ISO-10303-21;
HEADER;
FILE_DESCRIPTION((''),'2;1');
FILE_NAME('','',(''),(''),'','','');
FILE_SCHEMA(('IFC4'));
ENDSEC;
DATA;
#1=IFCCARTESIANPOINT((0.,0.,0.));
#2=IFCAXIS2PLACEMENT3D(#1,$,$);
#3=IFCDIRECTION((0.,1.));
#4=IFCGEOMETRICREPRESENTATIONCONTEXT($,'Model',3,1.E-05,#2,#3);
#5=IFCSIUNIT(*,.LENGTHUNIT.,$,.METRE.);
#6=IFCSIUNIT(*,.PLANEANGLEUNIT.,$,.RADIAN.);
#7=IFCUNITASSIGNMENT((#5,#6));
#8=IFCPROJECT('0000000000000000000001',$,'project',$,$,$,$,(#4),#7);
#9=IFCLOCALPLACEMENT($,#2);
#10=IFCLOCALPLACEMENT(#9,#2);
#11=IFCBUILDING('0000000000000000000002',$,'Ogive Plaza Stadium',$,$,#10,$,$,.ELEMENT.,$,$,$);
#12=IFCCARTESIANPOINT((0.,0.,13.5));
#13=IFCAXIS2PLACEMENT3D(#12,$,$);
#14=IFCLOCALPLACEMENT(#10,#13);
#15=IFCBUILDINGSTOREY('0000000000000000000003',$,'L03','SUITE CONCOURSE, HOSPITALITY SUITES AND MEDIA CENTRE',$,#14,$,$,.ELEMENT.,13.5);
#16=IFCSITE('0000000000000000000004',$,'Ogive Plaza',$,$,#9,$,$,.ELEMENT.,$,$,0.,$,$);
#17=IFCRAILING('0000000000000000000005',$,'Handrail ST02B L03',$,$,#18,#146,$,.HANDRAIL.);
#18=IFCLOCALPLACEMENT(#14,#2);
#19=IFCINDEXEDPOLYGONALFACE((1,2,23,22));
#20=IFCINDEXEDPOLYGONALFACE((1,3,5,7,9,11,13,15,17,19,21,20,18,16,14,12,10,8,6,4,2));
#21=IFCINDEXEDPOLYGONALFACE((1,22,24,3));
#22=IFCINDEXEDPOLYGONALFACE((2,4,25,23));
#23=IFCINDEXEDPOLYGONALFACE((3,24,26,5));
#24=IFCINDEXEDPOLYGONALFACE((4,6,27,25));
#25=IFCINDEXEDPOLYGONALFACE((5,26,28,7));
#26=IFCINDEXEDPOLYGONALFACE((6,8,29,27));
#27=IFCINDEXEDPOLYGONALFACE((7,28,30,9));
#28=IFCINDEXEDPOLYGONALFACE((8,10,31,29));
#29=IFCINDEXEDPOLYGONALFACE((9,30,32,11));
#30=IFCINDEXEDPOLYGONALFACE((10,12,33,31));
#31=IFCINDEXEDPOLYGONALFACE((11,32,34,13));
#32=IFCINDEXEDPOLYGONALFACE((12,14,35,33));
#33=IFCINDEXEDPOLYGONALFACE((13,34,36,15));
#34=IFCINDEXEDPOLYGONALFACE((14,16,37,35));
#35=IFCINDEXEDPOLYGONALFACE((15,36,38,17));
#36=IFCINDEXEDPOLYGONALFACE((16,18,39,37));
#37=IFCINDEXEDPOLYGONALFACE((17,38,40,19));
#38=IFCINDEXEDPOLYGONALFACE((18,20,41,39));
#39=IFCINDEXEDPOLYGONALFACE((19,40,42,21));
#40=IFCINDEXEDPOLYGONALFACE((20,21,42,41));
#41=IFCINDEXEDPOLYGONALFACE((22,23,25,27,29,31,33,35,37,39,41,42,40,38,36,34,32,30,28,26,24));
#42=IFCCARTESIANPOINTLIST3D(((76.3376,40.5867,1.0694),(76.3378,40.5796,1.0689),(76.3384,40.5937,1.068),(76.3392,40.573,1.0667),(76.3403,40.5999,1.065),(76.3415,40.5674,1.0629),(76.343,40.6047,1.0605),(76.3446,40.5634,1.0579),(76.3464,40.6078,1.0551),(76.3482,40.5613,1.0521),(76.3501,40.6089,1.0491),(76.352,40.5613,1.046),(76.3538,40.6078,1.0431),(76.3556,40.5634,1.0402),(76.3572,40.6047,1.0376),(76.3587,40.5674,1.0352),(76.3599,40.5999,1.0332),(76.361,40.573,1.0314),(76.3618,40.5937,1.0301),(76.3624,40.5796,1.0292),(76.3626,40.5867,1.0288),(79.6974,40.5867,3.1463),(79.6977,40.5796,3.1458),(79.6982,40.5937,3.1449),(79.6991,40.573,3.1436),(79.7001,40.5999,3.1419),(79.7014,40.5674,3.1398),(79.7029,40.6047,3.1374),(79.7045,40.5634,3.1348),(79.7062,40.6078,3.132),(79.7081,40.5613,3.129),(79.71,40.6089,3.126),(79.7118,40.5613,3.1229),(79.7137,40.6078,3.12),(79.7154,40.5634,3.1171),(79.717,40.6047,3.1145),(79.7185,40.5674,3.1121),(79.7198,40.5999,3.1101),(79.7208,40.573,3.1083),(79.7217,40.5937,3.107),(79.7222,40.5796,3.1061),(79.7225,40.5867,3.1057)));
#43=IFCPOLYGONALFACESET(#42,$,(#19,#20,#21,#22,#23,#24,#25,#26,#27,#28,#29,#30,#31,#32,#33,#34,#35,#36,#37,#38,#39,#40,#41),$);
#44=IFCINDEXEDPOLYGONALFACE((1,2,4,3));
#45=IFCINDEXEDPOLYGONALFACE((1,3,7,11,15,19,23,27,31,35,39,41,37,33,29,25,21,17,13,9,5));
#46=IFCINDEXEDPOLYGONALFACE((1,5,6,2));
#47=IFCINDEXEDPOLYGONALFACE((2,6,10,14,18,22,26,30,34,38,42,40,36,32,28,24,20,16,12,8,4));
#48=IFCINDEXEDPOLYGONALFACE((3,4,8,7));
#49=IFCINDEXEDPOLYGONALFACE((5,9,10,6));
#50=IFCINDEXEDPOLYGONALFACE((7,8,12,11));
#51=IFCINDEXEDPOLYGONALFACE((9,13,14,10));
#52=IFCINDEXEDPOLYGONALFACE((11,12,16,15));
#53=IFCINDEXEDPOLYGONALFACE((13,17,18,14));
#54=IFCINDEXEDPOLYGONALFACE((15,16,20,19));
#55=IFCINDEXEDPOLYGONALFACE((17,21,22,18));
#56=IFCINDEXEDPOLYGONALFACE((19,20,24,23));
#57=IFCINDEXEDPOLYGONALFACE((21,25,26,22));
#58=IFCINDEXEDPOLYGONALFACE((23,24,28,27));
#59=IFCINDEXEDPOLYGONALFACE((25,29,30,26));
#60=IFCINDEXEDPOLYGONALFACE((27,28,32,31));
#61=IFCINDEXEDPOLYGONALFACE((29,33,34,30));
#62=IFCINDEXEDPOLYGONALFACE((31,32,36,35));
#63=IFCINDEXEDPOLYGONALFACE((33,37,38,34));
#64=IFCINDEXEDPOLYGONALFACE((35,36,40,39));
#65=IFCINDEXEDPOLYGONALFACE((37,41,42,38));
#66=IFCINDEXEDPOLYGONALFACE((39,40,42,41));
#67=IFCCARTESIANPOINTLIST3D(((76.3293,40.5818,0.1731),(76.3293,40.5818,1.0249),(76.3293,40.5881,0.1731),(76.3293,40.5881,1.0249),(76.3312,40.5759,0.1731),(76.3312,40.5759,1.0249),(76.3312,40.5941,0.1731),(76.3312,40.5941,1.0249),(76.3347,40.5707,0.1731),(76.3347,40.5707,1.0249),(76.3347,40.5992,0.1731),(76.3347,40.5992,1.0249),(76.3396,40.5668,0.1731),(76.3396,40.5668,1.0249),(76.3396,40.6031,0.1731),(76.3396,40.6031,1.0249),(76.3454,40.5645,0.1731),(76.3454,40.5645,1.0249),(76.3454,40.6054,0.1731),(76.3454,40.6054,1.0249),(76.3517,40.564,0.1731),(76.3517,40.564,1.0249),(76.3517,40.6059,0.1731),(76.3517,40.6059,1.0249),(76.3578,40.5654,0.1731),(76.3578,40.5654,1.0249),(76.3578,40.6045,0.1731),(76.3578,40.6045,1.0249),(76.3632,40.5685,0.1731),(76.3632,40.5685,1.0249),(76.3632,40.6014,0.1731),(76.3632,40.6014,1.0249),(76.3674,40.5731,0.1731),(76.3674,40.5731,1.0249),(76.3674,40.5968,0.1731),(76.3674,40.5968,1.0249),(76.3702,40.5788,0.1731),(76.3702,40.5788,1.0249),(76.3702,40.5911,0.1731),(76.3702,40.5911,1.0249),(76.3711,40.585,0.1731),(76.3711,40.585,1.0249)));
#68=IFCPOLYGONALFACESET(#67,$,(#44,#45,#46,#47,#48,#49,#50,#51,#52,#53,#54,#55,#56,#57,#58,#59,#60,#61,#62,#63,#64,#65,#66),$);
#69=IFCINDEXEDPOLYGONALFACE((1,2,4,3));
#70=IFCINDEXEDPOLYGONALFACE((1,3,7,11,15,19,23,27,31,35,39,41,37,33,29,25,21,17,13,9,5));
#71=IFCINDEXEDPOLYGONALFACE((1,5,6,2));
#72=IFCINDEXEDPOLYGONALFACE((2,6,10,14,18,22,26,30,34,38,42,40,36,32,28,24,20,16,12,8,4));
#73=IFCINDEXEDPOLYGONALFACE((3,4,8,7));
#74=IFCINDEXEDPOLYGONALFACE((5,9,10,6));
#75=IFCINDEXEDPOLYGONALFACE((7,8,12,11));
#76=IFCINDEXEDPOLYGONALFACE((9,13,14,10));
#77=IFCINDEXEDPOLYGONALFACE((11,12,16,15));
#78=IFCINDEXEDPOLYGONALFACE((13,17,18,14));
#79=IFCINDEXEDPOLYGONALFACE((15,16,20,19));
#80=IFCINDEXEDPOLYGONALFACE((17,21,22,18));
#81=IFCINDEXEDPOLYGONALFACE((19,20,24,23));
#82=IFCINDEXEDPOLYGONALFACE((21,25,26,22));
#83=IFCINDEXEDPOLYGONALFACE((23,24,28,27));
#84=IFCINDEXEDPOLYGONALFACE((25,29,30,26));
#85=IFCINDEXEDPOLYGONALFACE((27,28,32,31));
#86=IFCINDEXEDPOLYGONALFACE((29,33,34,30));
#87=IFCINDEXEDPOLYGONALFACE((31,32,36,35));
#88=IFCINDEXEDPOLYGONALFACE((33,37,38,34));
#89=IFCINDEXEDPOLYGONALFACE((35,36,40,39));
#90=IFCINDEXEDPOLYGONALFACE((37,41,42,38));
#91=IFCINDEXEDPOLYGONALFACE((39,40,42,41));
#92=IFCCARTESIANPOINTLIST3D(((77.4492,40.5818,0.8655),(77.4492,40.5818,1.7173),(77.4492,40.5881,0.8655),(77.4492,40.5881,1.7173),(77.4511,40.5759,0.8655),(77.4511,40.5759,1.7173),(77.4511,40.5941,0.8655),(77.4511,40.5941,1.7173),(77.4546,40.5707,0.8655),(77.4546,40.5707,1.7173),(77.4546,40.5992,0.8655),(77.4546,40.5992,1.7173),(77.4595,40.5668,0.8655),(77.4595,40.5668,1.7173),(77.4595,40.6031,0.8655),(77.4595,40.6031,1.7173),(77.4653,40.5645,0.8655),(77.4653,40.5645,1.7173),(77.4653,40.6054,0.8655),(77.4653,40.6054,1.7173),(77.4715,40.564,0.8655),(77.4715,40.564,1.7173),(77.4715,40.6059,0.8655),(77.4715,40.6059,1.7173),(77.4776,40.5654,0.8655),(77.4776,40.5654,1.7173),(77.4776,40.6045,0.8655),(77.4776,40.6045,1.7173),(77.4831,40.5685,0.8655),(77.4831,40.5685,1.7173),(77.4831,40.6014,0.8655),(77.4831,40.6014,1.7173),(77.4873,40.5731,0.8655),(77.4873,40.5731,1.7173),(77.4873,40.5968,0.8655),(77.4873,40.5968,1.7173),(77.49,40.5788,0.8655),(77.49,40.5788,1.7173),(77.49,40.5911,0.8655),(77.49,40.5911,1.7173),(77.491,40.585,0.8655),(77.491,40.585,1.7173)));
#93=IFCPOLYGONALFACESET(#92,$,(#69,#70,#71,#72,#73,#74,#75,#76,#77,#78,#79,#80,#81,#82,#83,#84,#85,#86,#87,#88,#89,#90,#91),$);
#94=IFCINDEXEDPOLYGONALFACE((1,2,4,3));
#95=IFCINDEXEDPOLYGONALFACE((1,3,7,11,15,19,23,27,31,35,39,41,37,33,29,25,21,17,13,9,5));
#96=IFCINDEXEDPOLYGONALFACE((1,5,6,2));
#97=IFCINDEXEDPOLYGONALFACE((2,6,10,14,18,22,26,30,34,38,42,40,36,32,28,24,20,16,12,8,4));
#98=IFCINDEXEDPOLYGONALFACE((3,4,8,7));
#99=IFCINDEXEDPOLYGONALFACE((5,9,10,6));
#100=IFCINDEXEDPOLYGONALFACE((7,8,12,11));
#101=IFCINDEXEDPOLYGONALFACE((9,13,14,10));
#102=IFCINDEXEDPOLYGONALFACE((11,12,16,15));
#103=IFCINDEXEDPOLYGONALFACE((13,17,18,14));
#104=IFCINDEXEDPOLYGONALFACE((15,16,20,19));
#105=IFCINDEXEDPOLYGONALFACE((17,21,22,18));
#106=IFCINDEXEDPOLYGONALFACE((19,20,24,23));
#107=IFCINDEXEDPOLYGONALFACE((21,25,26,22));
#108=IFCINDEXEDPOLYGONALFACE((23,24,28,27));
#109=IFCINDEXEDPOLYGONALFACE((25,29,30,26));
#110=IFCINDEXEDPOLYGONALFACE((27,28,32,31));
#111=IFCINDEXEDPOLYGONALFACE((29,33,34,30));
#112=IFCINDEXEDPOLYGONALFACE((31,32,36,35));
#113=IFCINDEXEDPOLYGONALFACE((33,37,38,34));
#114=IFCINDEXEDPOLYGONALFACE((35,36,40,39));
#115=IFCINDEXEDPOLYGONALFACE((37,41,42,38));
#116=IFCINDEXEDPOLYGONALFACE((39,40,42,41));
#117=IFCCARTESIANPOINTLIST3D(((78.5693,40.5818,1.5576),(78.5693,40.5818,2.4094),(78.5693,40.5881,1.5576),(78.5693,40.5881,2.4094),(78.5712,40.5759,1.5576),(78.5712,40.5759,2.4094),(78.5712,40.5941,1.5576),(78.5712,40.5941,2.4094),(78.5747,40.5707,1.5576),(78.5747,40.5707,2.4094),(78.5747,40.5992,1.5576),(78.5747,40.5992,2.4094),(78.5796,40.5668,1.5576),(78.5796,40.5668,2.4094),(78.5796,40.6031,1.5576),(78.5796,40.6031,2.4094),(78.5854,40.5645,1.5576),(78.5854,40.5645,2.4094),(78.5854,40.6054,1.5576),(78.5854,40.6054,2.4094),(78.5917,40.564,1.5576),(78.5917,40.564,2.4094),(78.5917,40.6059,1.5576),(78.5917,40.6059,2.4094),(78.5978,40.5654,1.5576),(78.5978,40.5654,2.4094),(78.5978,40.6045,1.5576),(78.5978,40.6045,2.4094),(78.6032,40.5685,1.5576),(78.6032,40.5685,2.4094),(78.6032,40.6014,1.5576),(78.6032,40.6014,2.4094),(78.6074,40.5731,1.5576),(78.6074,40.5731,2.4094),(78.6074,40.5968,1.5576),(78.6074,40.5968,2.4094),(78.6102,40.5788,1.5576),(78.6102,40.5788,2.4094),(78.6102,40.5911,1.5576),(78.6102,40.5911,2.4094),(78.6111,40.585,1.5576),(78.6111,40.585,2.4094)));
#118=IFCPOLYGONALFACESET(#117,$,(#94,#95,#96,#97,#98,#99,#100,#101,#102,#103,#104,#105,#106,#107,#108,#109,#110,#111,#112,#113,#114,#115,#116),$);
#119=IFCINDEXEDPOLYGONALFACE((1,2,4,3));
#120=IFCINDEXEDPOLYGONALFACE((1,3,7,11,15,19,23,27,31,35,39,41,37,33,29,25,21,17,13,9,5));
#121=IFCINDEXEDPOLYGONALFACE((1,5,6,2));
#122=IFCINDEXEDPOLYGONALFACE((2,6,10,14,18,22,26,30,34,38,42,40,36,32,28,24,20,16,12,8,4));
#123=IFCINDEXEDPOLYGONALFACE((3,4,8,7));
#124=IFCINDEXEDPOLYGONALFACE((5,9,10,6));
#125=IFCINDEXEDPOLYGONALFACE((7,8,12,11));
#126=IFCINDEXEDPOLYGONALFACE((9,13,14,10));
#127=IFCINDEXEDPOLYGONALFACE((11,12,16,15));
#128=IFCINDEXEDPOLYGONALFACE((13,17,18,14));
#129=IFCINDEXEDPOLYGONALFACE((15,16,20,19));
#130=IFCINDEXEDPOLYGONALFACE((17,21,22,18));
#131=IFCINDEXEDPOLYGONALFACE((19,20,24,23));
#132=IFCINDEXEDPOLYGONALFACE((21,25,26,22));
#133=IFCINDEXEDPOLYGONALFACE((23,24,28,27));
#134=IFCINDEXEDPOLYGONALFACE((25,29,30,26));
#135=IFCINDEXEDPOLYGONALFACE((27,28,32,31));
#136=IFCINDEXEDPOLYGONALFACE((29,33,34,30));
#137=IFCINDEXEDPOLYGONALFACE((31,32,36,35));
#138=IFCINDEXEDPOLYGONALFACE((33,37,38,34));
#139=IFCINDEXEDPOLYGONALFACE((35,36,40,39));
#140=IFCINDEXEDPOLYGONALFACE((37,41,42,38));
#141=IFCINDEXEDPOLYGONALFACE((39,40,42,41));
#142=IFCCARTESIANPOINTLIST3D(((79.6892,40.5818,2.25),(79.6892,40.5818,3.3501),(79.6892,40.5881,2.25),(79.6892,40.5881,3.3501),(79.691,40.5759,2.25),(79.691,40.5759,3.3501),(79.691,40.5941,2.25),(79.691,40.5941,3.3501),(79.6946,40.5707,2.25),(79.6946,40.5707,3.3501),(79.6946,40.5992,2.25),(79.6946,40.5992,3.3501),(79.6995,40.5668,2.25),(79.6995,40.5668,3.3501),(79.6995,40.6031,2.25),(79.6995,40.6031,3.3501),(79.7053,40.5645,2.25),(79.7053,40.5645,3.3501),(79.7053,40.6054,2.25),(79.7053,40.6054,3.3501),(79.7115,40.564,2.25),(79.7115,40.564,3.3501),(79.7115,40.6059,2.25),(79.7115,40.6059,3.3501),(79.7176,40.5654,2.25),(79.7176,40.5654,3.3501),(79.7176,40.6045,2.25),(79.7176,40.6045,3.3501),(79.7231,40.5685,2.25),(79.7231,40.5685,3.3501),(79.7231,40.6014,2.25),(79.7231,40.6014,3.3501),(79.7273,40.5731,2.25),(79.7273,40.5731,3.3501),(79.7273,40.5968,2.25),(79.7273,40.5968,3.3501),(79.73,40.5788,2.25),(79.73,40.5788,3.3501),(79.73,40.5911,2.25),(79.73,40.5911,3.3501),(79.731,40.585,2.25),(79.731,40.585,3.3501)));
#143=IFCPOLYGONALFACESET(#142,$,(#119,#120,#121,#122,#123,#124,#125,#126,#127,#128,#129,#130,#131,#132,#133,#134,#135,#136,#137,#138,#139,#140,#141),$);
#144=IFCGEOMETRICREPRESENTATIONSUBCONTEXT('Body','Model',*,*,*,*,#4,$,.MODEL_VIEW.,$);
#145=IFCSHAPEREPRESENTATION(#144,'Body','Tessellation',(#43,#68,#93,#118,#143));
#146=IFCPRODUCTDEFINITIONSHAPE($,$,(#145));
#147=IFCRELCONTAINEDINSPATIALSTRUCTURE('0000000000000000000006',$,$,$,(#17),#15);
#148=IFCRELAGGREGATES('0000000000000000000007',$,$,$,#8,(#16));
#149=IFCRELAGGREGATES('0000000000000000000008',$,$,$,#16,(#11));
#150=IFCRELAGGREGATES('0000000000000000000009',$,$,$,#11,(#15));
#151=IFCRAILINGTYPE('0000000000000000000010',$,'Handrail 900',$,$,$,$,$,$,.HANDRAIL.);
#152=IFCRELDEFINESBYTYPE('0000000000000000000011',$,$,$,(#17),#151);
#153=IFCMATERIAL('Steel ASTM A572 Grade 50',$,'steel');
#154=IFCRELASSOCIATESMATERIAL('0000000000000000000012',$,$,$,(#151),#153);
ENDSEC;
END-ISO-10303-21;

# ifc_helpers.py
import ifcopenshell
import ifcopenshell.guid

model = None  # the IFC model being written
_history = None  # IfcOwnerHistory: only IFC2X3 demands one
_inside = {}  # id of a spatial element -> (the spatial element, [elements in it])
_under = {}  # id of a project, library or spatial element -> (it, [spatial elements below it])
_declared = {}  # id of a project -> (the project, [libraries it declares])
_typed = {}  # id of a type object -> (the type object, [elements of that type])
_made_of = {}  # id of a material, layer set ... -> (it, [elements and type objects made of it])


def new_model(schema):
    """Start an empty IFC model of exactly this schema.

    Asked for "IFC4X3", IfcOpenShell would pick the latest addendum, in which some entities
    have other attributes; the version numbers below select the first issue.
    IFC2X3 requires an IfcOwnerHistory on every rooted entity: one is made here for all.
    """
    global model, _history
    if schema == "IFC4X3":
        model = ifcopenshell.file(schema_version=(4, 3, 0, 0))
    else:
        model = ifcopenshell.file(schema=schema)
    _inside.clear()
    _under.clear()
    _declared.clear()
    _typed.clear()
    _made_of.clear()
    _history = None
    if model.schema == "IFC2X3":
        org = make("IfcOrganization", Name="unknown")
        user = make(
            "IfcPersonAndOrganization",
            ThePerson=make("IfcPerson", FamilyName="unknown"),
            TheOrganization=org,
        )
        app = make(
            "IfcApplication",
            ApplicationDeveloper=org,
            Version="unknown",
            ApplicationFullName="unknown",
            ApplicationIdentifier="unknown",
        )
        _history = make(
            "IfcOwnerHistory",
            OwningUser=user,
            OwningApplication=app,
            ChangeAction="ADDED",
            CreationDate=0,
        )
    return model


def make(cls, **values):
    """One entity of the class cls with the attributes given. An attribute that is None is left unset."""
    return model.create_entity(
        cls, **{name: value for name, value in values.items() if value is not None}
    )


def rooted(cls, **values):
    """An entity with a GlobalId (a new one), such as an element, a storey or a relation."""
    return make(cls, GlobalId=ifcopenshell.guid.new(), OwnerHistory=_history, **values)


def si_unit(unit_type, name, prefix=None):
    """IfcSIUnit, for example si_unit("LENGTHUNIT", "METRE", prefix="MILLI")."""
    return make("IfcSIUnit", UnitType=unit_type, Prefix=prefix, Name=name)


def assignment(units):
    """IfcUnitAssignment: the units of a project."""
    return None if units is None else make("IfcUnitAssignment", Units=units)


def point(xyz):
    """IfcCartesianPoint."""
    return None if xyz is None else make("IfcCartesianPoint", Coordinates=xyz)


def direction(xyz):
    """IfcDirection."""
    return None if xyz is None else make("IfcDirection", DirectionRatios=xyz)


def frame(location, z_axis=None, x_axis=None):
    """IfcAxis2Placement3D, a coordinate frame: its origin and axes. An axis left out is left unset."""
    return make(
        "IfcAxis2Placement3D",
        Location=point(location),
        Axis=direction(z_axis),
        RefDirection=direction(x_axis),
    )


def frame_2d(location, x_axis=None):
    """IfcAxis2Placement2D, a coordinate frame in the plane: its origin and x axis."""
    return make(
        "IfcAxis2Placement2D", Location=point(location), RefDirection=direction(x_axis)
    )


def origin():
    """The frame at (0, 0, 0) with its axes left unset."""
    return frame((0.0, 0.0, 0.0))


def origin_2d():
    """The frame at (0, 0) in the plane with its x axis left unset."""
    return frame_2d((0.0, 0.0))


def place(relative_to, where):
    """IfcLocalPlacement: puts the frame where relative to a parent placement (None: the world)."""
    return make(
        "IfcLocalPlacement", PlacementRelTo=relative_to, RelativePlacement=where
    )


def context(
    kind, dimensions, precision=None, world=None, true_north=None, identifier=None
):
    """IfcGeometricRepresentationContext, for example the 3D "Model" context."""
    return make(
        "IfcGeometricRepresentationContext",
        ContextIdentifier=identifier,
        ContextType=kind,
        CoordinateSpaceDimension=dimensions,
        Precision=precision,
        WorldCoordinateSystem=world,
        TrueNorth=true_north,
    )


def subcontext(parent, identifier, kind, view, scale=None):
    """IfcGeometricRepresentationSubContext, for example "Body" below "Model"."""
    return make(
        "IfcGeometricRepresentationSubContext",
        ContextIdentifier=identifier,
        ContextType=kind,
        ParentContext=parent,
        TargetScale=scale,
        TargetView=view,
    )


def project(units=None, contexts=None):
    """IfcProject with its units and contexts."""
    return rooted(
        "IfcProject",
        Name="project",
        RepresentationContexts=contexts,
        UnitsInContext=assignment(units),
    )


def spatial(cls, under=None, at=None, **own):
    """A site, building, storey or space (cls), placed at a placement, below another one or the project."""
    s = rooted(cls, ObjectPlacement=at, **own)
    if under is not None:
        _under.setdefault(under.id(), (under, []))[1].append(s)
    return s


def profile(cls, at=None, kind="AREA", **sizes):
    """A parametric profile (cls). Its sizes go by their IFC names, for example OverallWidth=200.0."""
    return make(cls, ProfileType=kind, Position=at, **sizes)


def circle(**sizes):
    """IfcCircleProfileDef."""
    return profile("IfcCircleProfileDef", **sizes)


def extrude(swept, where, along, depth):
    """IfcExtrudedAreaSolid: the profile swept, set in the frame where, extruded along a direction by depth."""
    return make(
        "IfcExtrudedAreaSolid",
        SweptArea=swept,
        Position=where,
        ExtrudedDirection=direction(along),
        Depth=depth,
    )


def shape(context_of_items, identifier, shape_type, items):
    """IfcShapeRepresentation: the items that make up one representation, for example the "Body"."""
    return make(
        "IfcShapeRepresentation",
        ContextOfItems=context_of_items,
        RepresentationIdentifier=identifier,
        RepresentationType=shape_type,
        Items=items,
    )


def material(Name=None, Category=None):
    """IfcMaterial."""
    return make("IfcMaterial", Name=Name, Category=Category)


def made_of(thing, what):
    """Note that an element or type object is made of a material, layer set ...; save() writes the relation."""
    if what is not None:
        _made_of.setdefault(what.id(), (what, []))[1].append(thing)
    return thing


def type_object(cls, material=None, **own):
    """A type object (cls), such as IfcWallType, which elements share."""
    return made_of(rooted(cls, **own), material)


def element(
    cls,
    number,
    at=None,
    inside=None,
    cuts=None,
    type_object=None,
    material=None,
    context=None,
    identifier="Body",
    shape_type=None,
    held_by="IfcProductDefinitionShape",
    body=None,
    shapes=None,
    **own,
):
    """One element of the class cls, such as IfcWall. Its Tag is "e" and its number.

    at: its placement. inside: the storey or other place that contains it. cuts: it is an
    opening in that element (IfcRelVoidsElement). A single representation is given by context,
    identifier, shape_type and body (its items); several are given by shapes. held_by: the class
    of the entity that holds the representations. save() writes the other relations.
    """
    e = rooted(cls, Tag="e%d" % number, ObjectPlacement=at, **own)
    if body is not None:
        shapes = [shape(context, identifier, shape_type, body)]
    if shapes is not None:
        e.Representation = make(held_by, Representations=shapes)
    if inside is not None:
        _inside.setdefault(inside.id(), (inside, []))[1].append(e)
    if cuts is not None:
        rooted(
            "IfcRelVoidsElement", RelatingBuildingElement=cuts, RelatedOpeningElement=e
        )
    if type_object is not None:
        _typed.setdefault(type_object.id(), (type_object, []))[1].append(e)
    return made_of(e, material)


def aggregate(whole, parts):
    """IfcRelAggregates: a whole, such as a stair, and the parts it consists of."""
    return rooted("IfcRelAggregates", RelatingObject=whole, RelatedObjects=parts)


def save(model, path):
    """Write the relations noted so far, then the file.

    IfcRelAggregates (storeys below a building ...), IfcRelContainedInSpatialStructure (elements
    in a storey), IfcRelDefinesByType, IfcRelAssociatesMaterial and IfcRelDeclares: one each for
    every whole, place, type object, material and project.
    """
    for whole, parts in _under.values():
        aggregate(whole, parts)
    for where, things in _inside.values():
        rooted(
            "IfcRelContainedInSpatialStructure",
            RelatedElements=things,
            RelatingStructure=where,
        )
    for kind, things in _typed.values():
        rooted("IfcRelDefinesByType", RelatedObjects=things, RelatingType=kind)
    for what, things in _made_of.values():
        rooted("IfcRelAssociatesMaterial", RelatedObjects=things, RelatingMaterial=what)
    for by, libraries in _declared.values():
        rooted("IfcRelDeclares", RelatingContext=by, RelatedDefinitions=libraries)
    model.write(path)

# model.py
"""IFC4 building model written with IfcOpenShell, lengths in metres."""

from ifc_helpers import new_model, si_unit, direction, frame, origin, origin_2d, place, context, subcontext, project, spatial, circle, extrude, material, type_object, element, save


model = new_model("IFC4")

# Units and contexts
model_context = context("Model", 3, precision=1e-05, world=origin(), true_north=direction((0.0, 1.0)))
body_context = subcontext(model_context, "Body", "Model", "MODEL_VIEW")
ifc_project = project(units=[si_unit("LENGTHUNIT", "METRE"), si_unit("PLANEANGLEUNIT", "RADIAN")], contexts=[model_context])

# Site, building, storey
site_placement = place(None, origin())
site = spatial("IfcSite", under=ifc_project, at=site_placement, Name="Ogive Plaza", CompositionType="ELEMENT", RefElevation=0.0)
building_placement = place(site_placement, origin())
building = spatial("IfcBuilding", under=site, at=building_placement, Name="Ogive Plaza Stadium", CompositionType="ELEMENT")
storey_placement = place(building_placement, frame((0.0, 0.0, 13.5)))
storey = spatial("IfcBuildingStorey", under=building, at=storey_placement, Name="L03", Description="SUITE CONCOURSE, HOSPITALITY SUITES AND MEDIA CENTRE", CompositionType="ELEMENT", Elevation=13.5)

# Railing
ifc_material_1 = material(Name="Steel ASTM A572 Grade 50", Category="steel")
railing_type_1 = type_object("IfcRailingType", Name="Handrail 900", PredefinedType="HANDRAIL", material=ifc_material_1)
for number, where, name in (
    (1, (76.3501, 40.585, 0.1731), "Handrail ST02B L03"),
):
    element("IfcRailing", number, at=place(storey_placement, frame(where)), inside=storey, type_object=railing_type_1, Name=name, PredefinedType="HANDRAIL", context=body_context, shape_type="SweptSolid", body=[
        extrude(circle(Radius=0.0239, at=origin_2d()), frame((0.0, 0.0, 0.876), z_axis=(0.850606, 0.0, 0.525803), x_axis=(0.0, 1.0, 0.0)), (0.0, 0.0, 1.0), 3.95),
        extrude(circle(Radius=0.021, at=origin_2d()), origin(), (0.0, 0.0, 1.0), 0.8518),
        extrude(circle(Radius=0.021, at=origin_2d()), frame((1.1199, 0.0, 0.6924)), (0.0, 0.0, 1.0), 0.8518),
        extrude(circle(Radius=0.021, at=origin_2d()), frame((2.24, 0.0, 1.3845)), (0.0, 0.0, 1.0), 0.8518),
        extrude(circle(Radius=0.021, at=origin_2d()), frame((3.3599, 0.0, 2.0769)), (0.0, 0.0, 1.0), 1.1001),
    ])

save(model, "model.ifc")
